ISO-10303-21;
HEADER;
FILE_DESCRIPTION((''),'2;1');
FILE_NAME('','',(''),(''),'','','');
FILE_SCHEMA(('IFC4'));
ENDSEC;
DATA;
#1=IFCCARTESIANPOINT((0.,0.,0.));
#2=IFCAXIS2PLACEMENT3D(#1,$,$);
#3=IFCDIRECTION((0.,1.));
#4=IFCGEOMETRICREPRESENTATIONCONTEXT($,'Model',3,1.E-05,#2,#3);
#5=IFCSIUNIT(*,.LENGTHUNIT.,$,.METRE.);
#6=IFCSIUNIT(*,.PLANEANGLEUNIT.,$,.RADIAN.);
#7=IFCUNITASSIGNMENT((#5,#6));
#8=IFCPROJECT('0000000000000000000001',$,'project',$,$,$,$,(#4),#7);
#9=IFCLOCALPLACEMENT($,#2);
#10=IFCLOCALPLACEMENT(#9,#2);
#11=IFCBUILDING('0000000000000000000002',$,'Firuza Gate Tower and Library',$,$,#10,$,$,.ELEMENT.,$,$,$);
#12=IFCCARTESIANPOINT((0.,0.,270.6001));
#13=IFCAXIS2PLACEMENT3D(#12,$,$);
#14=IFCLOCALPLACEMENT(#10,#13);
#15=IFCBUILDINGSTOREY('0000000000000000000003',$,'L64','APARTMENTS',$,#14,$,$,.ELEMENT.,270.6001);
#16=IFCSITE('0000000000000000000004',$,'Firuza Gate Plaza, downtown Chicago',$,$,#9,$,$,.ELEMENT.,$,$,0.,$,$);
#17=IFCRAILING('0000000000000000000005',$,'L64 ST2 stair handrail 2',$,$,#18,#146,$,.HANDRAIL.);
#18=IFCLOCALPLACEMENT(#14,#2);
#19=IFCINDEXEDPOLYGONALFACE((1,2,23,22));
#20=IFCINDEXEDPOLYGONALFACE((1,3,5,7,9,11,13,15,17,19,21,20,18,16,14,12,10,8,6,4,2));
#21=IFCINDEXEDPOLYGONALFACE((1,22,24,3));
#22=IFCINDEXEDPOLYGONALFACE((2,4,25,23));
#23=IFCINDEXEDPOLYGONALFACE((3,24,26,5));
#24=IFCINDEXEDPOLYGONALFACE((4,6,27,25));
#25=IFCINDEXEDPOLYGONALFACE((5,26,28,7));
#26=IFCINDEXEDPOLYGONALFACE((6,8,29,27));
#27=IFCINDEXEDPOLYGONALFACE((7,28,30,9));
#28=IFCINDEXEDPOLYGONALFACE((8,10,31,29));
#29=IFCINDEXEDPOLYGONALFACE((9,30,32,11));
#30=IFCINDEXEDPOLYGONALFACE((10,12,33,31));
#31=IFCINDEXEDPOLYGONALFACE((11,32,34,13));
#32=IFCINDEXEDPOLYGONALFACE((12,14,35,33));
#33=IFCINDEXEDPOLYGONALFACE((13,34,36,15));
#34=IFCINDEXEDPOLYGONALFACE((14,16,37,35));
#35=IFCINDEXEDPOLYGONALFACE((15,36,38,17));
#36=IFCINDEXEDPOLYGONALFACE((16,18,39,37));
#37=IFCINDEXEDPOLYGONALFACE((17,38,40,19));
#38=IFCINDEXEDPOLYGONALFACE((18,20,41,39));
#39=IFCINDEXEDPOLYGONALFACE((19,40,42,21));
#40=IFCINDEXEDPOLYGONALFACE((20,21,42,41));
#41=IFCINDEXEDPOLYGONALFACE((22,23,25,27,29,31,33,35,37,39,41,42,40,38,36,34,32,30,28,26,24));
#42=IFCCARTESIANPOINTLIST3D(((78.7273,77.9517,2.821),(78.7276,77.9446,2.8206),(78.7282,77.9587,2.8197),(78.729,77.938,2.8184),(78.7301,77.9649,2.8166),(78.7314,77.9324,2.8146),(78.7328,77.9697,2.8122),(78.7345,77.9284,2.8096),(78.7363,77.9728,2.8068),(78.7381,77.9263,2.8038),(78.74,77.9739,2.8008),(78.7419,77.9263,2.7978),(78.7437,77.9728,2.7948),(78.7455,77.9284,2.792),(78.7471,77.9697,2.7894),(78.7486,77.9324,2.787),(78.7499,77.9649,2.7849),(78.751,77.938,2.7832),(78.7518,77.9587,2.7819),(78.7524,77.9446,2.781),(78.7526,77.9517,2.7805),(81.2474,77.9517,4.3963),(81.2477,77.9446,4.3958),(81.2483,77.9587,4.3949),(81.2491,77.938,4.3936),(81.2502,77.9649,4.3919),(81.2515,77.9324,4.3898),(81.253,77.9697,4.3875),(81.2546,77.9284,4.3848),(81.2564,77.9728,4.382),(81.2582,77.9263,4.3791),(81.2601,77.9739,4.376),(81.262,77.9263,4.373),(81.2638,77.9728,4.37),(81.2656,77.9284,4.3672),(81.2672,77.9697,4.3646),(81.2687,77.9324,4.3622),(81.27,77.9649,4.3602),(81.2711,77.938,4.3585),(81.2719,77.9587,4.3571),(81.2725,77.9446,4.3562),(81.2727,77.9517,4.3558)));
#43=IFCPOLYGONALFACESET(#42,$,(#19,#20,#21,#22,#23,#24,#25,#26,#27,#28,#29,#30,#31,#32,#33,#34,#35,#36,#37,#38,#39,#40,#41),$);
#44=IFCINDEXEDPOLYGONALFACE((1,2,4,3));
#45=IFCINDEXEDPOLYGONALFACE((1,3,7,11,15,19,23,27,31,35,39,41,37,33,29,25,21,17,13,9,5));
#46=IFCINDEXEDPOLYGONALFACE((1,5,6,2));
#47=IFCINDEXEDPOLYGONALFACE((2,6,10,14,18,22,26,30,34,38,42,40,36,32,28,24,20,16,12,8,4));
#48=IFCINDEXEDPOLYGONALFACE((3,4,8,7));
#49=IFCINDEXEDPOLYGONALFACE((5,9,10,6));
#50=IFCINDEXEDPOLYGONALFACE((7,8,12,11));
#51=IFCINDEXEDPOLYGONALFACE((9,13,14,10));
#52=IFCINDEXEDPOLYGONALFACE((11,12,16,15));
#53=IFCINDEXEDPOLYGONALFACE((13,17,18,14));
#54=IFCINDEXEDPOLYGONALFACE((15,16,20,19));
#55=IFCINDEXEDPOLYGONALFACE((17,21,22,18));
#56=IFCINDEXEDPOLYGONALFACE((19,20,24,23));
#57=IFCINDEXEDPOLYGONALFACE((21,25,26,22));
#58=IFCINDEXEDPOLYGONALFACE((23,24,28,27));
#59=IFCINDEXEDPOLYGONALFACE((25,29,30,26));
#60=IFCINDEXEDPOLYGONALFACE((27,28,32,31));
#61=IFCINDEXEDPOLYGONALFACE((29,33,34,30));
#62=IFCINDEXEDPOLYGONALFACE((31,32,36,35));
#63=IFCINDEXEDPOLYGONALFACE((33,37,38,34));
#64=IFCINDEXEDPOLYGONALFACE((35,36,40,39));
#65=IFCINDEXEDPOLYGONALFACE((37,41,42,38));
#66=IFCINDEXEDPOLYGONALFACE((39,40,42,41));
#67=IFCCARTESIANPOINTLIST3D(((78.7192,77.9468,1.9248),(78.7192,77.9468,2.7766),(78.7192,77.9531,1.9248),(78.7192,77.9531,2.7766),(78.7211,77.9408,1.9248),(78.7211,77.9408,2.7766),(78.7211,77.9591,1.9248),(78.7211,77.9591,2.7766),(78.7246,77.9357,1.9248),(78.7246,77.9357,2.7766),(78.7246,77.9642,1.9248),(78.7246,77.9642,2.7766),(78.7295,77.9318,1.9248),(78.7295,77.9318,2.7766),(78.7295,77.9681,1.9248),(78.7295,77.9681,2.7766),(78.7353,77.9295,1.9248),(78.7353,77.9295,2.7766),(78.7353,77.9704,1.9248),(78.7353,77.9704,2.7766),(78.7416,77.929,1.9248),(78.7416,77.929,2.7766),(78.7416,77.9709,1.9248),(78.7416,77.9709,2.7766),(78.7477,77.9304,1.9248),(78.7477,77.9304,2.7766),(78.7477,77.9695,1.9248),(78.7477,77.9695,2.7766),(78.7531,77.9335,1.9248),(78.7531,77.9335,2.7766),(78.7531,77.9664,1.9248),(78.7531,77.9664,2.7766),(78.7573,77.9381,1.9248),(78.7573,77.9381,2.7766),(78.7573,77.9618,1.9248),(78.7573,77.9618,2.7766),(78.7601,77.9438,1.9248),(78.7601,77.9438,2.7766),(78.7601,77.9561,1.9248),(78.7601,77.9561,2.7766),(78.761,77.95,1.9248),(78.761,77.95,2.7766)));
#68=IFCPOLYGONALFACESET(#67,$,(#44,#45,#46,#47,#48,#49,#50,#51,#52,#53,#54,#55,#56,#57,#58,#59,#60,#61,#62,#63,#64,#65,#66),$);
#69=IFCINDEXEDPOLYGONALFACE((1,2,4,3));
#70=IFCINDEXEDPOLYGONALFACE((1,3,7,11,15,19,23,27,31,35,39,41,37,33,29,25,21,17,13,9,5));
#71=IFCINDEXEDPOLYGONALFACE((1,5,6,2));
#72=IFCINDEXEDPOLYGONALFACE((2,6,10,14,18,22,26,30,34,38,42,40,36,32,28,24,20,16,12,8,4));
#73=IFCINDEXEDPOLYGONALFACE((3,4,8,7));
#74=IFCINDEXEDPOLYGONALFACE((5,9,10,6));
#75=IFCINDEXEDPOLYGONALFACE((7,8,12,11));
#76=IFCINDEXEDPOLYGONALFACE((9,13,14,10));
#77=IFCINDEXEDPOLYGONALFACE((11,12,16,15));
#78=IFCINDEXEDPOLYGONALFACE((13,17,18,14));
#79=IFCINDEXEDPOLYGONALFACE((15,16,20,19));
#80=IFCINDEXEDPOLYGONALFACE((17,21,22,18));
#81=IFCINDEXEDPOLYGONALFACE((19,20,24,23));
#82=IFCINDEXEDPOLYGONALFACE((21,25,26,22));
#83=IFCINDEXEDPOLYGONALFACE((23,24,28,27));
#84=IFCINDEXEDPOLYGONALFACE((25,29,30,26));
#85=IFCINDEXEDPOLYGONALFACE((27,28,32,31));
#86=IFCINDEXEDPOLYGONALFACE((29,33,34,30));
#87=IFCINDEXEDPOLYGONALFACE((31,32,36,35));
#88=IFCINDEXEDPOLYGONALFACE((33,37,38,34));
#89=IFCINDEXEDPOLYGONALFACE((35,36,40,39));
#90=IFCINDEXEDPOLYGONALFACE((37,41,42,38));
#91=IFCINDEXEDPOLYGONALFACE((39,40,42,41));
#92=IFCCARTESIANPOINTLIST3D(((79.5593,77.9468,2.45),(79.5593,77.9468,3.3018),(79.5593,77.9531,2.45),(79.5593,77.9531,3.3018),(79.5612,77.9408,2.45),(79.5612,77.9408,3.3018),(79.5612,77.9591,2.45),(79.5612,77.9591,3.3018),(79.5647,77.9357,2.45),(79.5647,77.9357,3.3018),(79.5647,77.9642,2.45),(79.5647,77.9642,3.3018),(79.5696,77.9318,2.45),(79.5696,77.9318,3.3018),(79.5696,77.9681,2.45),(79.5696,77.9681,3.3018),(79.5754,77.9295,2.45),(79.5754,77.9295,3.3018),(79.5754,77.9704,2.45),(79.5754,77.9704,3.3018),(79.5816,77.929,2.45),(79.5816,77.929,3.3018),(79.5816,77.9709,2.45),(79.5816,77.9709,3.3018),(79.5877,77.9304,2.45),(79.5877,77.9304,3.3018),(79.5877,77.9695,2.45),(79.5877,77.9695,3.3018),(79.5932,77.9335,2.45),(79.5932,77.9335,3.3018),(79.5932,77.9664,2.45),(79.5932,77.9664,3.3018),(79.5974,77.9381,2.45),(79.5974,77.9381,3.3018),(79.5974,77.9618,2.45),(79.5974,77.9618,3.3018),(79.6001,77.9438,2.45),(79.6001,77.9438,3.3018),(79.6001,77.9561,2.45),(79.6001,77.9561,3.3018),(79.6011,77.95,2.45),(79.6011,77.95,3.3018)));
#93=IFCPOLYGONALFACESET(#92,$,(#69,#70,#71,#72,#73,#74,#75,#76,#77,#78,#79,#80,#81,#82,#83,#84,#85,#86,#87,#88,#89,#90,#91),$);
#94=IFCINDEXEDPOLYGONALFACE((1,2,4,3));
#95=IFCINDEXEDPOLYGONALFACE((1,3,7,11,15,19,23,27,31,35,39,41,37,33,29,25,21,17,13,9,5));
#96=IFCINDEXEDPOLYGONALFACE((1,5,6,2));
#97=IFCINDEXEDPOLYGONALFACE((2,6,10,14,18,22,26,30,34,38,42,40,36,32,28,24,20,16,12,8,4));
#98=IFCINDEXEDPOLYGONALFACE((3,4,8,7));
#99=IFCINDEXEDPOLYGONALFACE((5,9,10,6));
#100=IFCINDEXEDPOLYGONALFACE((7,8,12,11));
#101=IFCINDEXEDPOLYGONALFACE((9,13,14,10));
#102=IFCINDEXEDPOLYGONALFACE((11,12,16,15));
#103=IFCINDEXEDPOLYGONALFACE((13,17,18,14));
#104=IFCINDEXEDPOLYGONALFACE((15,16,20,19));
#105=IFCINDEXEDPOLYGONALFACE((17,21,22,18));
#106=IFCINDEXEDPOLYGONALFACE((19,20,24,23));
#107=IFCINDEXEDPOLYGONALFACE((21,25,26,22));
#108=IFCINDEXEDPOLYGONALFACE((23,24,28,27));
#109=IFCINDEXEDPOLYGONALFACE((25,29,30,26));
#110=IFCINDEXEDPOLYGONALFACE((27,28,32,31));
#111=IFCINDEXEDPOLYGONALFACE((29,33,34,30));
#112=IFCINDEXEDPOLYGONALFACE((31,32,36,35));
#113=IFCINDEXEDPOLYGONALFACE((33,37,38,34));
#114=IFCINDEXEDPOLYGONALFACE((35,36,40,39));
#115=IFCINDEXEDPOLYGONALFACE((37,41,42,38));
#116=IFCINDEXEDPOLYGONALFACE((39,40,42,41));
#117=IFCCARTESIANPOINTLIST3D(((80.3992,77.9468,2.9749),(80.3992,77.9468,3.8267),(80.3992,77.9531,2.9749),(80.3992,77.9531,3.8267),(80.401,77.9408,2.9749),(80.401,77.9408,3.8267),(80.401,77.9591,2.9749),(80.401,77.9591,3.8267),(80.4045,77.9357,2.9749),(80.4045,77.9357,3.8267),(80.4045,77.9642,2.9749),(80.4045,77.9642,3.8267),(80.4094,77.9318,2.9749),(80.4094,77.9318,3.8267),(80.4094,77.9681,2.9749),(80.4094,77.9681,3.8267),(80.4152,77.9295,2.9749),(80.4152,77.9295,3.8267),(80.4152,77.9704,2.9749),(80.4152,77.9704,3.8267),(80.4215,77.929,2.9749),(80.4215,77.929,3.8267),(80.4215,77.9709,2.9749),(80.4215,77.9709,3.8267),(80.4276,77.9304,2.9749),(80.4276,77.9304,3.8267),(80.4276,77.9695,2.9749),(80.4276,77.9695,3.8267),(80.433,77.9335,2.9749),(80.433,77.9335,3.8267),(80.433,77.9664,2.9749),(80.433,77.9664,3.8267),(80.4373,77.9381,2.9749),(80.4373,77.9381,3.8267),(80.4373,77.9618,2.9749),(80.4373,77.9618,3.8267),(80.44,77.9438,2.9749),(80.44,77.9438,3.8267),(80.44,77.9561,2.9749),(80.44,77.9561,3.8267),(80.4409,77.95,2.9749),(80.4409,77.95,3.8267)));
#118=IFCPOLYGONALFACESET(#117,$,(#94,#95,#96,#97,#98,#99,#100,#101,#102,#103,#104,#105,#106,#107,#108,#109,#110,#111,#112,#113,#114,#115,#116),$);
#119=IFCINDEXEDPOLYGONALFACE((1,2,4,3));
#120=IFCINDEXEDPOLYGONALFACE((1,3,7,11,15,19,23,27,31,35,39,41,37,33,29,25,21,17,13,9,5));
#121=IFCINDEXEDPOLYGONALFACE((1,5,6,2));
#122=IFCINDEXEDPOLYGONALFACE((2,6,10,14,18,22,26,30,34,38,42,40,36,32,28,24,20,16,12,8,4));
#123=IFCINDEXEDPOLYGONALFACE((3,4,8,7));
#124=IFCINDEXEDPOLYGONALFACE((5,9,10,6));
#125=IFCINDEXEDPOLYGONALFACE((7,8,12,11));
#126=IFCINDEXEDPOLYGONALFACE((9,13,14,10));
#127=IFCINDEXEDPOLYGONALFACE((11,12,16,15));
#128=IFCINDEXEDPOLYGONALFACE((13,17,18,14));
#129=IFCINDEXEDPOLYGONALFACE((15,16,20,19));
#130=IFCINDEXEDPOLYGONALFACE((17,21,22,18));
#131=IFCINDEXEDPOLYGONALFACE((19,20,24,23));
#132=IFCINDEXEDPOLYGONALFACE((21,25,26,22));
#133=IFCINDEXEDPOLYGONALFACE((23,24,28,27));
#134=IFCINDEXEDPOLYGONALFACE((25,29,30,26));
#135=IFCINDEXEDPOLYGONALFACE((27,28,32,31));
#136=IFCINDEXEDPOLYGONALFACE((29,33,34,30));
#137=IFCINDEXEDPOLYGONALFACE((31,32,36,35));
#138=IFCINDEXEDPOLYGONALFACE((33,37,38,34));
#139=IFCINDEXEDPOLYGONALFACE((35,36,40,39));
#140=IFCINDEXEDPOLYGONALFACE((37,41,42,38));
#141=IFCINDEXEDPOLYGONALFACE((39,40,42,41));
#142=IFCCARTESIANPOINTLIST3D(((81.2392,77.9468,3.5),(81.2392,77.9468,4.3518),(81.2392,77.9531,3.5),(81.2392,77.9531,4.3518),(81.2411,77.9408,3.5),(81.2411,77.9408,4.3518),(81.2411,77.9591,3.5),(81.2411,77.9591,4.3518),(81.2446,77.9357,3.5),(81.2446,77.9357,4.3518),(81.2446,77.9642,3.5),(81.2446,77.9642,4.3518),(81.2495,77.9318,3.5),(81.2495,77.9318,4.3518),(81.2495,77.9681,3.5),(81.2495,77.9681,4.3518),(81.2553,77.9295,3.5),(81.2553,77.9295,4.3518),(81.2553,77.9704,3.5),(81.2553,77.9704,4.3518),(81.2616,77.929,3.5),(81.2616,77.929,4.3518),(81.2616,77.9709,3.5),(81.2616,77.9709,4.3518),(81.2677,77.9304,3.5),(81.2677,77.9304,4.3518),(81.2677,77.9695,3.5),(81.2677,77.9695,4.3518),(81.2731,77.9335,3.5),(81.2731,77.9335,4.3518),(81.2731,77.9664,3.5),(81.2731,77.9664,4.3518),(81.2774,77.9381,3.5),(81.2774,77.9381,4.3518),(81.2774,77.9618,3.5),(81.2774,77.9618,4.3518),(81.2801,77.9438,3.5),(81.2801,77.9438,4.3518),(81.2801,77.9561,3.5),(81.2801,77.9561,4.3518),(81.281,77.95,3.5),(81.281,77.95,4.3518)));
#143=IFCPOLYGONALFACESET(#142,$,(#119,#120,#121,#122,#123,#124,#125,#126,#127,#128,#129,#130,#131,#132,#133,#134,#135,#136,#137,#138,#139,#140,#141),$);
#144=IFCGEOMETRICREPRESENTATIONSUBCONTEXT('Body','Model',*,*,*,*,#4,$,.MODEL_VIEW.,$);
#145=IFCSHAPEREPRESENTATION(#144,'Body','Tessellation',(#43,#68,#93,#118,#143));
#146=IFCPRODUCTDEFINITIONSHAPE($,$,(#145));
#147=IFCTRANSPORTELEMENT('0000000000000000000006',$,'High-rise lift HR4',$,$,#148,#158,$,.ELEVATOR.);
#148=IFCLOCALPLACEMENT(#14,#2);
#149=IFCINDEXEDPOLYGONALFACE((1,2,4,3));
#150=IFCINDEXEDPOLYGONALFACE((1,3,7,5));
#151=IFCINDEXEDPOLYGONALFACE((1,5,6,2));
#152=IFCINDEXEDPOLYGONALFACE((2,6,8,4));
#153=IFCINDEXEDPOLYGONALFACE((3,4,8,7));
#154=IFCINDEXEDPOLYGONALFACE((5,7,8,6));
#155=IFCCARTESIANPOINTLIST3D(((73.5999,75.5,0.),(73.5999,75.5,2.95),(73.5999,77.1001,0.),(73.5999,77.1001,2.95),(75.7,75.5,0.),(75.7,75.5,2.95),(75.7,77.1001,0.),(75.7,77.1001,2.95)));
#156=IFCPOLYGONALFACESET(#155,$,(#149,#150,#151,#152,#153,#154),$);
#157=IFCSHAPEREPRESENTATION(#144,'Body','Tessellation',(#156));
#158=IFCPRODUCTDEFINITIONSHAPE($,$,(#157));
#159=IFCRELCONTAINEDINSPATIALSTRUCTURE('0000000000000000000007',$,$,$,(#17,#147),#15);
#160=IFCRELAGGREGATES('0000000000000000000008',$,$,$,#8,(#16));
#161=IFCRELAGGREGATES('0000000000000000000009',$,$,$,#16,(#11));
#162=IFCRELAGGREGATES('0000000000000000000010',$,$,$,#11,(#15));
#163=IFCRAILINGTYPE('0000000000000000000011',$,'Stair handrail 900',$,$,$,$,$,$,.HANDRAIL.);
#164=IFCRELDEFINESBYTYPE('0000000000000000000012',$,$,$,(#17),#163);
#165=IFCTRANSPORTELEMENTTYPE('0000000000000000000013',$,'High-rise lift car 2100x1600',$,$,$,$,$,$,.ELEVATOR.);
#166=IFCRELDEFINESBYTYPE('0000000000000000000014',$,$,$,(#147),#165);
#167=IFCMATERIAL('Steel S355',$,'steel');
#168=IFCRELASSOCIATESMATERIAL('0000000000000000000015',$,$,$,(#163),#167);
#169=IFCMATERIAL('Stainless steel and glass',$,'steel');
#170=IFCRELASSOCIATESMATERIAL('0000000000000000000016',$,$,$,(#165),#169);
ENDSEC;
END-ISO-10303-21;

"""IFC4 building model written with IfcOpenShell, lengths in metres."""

from ifc_helpers import new_model, si_unit, direction, frame, origin, origin_2d, place, context, subcontext, project, spatial, rectangle, circle, extrude, material, type_object, element, save


model = new_model("IFC4")

# Units and contexts
model_context = context("Model", 3, precision=1e-05, world=origin(), true_north=direction((0.0, 1.0)))
body_context = subcontext(model_context, "Body", "Model", "MODEL_VIEW")
ifc_project = project(units=[si_unit("LENGTHUNIT", "METRE"), si_unit("PLANEANGLEUNIT", "RADIAN")], contexts=[model_context])

# Site, building, storey
site_placement = place(None, origin())
site = spatial("IfcSite", under=ifc_project, at=site_placement, Name="Firuza Gate Plaza, downtown Chicago", CompositionType="ELEMENT", RefElevation=0.0)
building_placement = place(site_placement, origin())
building = spatial("IfcBuilding", under=site, at=building_placement, Name="Firuza Gate Tower and Library", CompositionType="ELEMENT")
storey_placement = place(building_placement, frame((0.0, 0.0, 270.6001)))
storey = spatial("IfcBuildingStorey", under=building, at=storey_placement, Name="L64", Description="APARTMENTS", CompositionType="ELEMENT", Elevation=270.6001)

# Railing
ifc_material_1 = material(Name="Steel S355", Category="steel")
railing_type_1 = type_object("IfcRailingType", Name="Stair handrail 900", PredefinedType="HANDRAIL", material=ifc_material_1)
railing_1_placement = place(storey_placement, frame((78.74, 77.95, 1.9248)))
element("IfcRailing", 1, at=railing_1_placement, inside=storey, type_object=railing_type_1, Name="L64 ST2 stair handrail 2", PredefinedType="HANDRAIL", context=body_context, shape_type="SweptSolid", body=[
    extrude(circle(Radius=0.0239, at=origin_2d()), frame((0.0, 0.0, 0.876), z_axis=(0.847971, 0.0, 0.530043), x_axis=(0.0, 1.0, 0.0)), (0.0, 0.0, 1.0), 2.9719),
    extrude(circle(Radius=0.021, at=origin_2d()), origin(), (0.0, 0.0, 1.0), 0.8518),
    extrude(circle(Radius=0.021, at=origin_2d()), frame((0.8401, 0.0, 0.5251)), (0.0, 0.0, 1.0), 0.8518),
    extrude(circle(Radius=0.021, at=origin_2d()), frame((1.6799, 0.0, 1.05)), (0.0, 0.0, 1.0), 0.8518),
    extrude(circle(Radius=0.021, at=origin_2d()), frame((2.52, 0.0, 1.5752)), (0.0, 0.0, 1.0), 0.8518),
])

# Transport element
ifc_material_2 = material(Name="Stainless steel and glass", Category="steel")
transport_element_type = type_object("IfcTransportElementType", Name="High-rise lift car 2100x1600", PredefinedType="ELEVATOR", material=ifc_material_2)
transport_element_placement = place(storey_placement, frame((74.6499, 76.3, 0.0), z_axis=(0.0, 0.0, 1.0), x_axis=(1.0, 0.0, 0.0)))
element("IfcTransportElement", 2, at=transport_element_placement, inside=storey, type_object=transport_element_type, Name="High-rise lift HR4", PredefinedType="ELEVATOR", context=body_context, shape_type="SweptSolid", body=[
    extrude(rectangle(XDim=2.1001, YDim=1.6001, at=origin_2d()), origin(), (0.0, 0.0, 1.0), 2.95),
])

save(model, "model.ifc")
